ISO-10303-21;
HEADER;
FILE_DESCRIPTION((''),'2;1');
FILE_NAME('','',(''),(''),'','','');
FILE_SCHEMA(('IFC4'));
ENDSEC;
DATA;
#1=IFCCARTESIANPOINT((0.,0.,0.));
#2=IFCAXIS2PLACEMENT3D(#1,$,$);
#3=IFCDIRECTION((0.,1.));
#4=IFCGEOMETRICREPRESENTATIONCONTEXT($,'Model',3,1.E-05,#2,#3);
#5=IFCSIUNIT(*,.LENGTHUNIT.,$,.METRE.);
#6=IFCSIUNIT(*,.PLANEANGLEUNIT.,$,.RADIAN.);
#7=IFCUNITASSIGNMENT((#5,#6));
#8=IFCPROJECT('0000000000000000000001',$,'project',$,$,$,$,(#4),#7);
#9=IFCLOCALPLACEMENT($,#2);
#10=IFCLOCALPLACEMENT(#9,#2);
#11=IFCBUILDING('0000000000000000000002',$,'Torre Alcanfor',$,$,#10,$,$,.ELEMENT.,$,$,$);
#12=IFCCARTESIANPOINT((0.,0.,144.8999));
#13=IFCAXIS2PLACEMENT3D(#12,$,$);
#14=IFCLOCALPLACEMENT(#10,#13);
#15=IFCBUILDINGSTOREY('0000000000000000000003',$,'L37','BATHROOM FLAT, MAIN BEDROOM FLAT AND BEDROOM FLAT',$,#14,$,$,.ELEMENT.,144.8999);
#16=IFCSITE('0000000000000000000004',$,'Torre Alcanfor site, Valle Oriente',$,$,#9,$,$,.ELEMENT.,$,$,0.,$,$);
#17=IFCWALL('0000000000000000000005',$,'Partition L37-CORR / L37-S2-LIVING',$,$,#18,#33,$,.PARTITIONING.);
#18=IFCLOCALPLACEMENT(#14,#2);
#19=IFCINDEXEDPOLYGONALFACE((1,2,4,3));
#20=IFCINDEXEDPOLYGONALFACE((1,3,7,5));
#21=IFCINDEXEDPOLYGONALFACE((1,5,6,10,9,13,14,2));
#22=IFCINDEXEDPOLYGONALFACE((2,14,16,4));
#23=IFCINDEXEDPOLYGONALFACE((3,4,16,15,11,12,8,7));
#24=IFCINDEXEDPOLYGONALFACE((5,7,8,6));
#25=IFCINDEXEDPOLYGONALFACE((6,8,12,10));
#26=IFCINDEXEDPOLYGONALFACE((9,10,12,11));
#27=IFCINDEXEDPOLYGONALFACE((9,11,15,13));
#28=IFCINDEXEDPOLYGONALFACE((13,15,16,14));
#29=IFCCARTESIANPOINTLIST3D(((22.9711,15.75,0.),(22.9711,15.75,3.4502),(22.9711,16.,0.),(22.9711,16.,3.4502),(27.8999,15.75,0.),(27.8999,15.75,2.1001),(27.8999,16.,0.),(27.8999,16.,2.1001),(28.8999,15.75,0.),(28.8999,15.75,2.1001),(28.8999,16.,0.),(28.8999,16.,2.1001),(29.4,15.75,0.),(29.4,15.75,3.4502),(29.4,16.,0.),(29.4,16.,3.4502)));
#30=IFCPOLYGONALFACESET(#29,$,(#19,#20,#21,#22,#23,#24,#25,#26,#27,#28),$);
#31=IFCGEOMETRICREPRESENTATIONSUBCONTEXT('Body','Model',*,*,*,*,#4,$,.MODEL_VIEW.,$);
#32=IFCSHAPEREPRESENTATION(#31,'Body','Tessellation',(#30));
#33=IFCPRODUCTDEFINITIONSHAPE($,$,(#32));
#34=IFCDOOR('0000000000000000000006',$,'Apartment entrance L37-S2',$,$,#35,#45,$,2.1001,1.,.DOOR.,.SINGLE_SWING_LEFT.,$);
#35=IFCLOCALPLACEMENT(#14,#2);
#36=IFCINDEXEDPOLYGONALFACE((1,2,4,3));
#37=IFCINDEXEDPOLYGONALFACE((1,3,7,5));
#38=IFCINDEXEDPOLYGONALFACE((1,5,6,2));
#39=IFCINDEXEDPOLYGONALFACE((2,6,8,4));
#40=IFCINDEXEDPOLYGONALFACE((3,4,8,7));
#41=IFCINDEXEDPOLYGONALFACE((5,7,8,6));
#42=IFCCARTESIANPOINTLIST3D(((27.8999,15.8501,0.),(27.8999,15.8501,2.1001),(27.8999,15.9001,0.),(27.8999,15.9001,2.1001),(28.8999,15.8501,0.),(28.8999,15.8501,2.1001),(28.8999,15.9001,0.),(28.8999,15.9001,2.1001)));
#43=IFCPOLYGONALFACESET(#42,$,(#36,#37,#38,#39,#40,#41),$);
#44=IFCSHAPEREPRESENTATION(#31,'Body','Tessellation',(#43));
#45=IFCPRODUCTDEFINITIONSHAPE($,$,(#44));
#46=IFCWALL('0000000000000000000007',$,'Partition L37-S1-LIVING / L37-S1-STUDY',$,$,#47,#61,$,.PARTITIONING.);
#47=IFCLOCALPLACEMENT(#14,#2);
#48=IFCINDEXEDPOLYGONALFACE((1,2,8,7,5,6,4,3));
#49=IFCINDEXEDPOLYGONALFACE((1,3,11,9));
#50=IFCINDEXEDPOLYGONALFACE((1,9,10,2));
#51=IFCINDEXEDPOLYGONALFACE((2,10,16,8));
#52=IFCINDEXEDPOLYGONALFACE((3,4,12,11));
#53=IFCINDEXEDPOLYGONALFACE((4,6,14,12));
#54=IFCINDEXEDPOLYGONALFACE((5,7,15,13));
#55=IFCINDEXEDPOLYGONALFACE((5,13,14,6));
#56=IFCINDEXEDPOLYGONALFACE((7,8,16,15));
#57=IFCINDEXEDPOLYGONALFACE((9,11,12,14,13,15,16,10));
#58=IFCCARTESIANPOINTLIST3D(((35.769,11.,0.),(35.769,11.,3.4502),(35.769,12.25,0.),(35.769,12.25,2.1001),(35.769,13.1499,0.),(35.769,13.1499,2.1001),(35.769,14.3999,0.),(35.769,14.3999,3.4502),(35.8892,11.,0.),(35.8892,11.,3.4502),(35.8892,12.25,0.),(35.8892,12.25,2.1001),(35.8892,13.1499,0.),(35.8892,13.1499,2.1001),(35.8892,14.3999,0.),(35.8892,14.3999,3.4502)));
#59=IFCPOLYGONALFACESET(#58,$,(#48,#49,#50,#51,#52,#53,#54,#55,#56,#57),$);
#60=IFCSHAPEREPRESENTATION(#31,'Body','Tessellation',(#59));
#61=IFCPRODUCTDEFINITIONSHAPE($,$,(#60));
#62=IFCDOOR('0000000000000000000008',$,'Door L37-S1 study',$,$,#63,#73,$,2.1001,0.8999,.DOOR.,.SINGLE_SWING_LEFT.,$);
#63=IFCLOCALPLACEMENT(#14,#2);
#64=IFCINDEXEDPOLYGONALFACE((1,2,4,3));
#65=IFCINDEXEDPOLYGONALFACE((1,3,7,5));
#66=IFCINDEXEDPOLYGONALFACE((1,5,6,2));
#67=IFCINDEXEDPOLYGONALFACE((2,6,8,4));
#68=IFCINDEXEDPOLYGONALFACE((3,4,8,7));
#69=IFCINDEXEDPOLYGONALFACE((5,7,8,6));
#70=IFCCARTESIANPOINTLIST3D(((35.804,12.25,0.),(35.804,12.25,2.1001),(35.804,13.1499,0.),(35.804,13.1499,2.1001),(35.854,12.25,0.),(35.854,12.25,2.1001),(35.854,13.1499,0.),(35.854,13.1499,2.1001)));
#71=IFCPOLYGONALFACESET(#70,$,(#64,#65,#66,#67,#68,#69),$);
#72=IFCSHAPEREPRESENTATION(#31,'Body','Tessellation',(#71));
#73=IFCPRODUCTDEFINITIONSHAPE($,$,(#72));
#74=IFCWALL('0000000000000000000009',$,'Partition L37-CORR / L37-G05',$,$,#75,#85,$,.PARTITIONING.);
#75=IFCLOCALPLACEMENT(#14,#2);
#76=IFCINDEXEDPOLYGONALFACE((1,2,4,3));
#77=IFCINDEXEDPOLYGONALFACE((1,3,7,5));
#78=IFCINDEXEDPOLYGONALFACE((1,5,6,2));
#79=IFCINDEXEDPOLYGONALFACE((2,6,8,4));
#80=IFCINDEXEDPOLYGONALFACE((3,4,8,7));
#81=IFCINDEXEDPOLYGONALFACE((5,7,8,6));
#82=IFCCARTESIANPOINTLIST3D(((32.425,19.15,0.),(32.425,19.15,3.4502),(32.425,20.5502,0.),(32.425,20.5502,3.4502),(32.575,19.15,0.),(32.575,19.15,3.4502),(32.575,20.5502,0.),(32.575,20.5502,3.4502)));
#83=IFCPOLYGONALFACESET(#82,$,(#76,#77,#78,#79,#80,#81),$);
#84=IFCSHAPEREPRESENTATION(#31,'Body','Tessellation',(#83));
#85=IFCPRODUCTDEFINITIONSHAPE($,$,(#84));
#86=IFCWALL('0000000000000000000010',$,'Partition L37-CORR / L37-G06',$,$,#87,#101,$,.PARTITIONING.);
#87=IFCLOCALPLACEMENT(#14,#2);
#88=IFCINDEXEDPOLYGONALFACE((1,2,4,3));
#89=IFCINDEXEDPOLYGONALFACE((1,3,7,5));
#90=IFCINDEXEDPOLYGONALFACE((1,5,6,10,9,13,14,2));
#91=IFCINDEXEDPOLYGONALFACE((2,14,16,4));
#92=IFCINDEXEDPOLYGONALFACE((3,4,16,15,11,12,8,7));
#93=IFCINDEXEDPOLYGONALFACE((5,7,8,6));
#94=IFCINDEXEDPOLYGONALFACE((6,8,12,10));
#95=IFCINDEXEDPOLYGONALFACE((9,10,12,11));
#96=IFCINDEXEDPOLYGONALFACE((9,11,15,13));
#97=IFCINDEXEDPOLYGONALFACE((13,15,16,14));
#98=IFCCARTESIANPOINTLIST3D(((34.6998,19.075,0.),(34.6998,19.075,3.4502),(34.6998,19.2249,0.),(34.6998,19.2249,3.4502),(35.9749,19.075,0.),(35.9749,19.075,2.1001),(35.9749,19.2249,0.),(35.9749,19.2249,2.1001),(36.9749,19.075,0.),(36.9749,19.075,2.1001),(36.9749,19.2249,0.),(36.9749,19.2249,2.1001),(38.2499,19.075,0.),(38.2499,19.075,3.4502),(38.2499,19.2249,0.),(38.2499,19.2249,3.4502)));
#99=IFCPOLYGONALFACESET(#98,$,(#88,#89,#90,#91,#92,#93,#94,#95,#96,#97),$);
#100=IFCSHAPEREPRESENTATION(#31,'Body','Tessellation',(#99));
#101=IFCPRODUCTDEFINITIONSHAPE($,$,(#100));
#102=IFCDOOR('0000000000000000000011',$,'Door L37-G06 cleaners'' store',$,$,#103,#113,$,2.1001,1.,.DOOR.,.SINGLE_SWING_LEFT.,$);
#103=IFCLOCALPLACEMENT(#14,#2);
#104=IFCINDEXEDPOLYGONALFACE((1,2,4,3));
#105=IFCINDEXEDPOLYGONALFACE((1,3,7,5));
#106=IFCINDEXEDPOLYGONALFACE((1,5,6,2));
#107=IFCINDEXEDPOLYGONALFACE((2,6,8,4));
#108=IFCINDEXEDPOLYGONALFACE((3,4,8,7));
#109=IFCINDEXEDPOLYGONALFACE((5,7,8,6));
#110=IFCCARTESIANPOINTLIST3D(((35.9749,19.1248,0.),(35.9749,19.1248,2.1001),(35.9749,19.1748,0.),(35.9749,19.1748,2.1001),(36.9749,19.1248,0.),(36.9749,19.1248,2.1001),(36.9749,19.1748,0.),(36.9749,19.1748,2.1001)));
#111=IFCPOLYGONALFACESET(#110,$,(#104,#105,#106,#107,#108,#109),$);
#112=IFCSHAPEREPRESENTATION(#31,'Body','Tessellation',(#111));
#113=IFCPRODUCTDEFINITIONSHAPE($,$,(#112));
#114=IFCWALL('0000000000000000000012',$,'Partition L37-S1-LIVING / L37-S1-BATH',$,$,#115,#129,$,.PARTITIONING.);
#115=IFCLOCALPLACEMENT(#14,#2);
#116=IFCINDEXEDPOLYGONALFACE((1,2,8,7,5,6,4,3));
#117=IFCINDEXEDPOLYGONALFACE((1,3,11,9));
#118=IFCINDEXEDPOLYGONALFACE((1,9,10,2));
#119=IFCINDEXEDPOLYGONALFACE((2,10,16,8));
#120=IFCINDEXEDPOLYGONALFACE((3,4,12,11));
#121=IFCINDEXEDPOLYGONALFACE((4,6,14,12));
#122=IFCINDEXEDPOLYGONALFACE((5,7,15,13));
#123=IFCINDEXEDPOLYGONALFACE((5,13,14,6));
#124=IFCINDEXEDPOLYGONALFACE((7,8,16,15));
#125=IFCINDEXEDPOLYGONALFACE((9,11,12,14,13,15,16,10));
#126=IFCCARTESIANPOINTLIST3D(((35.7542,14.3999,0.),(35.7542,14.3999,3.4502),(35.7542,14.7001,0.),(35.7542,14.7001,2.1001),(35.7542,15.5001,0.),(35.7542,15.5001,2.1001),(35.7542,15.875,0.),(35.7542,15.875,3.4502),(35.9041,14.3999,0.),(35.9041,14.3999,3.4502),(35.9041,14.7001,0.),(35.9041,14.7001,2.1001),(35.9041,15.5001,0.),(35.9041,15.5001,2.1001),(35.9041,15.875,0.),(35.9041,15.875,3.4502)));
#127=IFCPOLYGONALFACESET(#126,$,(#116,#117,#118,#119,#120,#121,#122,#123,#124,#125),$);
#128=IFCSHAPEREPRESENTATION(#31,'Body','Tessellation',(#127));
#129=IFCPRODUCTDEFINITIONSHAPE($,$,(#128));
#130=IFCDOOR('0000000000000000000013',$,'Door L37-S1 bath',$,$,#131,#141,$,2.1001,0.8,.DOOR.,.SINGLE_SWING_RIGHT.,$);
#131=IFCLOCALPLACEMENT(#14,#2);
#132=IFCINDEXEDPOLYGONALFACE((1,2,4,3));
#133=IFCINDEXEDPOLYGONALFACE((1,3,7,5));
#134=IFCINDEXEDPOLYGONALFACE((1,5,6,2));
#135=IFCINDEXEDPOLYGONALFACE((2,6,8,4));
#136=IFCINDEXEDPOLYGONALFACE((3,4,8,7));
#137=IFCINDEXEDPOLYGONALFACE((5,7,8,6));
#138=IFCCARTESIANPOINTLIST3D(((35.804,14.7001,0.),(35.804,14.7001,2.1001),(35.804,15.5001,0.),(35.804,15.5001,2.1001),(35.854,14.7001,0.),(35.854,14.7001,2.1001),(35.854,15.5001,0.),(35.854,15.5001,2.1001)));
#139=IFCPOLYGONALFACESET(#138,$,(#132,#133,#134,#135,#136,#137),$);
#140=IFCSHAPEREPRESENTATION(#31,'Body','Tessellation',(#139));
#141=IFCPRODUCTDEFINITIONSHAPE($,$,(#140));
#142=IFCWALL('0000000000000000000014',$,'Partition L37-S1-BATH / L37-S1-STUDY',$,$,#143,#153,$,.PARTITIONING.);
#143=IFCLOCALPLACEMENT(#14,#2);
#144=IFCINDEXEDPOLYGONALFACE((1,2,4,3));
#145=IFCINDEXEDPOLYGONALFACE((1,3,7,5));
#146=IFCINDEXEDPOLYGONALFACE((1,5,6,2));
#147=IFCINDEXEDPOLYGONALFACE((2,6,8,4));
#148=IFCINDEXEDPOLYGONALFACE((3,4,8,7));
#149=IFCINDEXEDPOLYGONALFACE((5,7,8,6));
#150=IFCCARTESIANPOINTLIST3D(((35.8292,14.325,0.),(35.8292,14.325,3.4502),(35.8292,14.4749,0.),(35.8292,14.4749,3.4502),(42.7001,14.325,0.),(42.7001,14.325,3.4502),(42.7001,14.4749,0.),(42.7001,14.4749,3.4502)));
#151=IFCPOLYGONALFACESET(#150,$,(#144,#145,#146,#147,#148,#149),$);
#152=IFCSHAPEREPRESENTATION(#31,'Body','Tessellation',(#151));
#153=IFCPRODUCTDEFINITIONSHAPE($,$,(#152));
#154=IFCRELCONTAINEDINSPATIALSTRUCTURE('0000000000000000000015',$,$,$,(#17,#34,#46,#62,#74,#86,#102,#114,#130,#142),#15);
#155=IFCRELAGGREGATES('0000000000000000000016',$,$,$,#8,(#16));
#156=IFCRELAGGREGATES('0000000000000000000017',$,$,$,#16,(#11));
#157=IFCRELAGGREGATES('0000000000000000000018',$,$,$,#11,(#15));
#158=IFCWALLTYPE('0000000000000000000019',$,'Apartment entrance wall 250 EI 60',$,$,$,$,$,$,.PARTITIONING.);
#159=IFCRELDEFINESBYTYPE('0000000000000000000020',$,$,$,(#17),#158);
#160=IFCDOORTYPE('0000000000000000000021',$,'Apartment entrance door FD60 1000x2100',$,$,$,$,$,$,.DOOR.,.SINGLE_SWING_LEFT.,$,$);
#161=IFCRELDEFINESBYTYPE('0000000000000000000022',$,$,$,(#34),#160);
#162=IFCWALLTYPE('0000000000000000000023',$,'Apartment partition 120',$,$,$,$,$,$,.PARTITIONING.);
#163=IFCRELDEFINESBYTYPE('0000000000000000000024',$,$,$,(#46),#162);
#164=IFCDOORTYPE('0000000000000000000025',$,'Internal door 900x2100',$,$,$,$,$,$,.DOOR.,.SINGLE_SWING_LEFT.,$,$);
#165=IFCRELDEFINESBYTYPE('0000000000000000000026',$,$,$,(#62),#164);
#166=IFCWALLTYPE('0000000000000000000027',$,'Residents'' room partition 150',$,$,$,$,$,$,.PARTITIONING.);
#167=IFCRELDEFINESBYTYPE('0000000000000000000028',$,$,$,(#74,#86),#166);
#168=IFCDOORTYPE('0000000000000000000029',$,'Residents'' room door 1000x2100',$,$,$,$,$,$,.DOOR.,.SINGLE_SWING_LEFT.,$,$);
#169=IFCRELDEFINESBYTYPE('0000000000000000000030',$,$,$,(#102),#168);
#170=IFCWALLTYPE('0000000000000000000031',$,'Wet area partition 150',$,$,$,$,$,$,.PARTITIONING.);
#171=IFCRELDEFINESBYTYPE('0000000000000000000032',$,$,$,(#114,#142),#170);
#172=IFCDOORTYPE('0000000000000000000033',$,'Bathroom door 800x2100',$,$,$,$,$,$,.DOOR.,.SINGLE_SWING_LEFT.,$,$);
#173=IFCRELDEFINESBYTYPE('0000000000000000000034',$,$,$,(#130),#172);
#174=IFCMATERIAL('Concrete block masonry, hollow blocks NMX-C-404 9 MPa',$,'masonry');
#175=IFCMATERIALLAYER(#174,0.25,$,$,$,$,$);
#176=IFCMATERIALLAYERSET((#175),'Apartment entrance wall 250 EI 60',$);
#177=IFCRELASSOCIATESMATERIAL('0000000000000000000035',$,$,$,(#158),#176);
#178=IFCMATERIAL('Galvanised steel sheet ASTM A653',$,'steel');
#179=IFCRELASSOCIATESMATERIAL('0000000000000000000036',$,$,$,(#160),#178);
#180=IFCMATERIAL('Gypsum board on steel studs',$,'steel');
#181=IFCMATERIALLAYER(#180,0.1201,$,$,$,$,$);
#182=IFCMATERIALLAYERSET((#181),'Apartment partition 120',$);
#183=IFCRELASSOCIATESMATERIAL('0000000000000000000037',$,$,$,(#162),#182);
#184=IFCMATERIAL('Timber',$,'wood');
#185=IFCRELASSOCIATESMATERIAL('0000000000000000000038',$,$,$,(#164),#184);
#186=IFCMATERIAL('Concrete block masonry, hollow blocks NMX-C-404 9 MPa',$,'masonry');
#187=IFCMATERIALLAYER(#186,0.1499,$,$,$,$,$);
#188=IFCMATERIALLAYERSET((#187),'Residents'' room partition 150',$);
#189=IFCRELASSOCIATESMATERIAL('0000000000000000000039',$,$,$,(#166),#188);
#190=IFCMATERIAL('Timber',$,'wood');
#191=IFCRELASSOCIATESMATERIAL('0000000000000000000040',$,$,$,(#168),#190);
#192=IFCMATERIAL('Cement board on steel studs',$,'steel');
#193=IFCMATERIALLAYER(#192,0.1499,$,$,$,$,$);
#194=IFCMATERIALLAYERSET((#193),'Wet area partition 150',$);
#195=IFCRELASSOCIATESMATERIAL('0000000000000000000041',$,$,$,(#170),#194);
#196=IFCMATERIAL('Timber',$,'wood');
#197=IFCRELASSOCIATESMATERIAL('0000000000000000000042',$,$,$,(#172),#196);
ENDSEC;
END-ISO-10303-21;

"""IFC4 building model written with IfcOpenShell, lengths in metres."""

from ifc_helpers import new_model, si_unit, direction, frame, frame_2d, origin, place, context, subcontext, project, spatial, rectangle, extrude, material, layer, layer_set, type_object, element, fill, save


model = new_model("IFC4")

# Units and contexts
model_context = context("Model", 3, precision=1e-05, world=origin(), true_north=direction((0.0, 1.0)))
body_context = subcontext(model_context, "Body", "Model", "MODEL_VIEW")
ifc_project = project(units=[si_unit("LENGTHUNIT", "METRE"), si_unit("PLANEANGLEUNIT", "RADIAN")], contexts=[model_context])

# Site, building, storey
site_placement = place(None, origin())
site = spatial("IfcSite", under=ifc_project, at=site_placement, Name="Torre Alcanfor site, Valle Oriente", CompositionType="ELEMENT", RefElevation=0.0)
building_placement = place(site_placement, origin())
building = spatial("IfcBuilding", under=site, at=building_placement, Name="Torre Alcanfor", CompositionType="ELEMENT")
storey_placement = place(building_placement, frame((0.0, 0.0, 144.8999)))
storey = spatial("IfcBuildingStorey", under=building, at=storey_placement, Name="L37", Description="BATHROOM FLAT, MAIN BEDROOM FLAT AND BEDROOM FLAT", CompositionType="ELEMENT", Elevation=144.8999)

# Walls, openings, doors
ifc_material_1 = material(Name="Concrete block masonry, hollow blocks NMX-C-404 9 MPa", Category="masonry")
ifc_layer_1 = layer(ifc_material_1, 0.25)
ifc_layer_set_1 = layer_set([ifc_layer_1], Name="Apartment entrance wall 250 EI 60")
wall_type_1 = type_object("IfcWallType", Name="Apartment entrance wall 250 EI 60", PredefinedType="PARTITIONING", material=ifc_layer_set_1)
ifc_material_2 = material(Name="Galvanised steel sheet ASTM A653", Category="steel")
door_type_1 = type_object("IfcDoorType", Name="Apartment entrance door FD60 1000x2100", OperationType="SINGLE_SWING_LEFT", PredefinedType="DOOR", material=ifc_material_2)
wall_1_placement = place(storey_placement, frame((29.3999, 15.875, 0.0), z_axis=(0.0, 0.0, 1.0), x_axis=(-1.0, 0.0, 0.0)))
wall_1 = element("IfcWall", 1, at=wall_1_placement, inside=storey, type_object=wall_type_1, Name="Partition L37-CORR / L37-S2-LIVING", PredefinedType="PARTITIONING", context=body_context, shape_type="SweptSolid", body=[
    extrude(rectangle(XDim=6.429, YDim=0.25, at=frame_2d((3.2144, 0.0))), origin(), (0.0, 0.0, 1.0), 3.4502),
])
opening_1_placement = place(wall_1_placement, frame((0.5, 0.0, 0.0)))
opening_1 = element("IfcOpeningElement", 2, at=opening_1_placement, cuts=wall_1, PredefinedType="OPENING", context=body_context, shape_type="SweptSolid", body=[
    extrude(rectangle(XDim=1.0, YDim=2.1001, at=frame_2d((0.5, 1.05))), frame((0.0, 0.135, 0.0), z_axis=(0.0, -1.0, 0.0), x_axis=(1.0, 0.0, 0.0)), (0.0, 0.0, 1.0), 0.27),
])
door_1_placement = place(opening_1_placement, origin())
door_1 = element("IfcDoor", 3, at=door_1_placement, inside=storey, type_object=door_type_1, Name="Apartment entrance L37-S2", OperationType="SINGLE_SWING_LEFT", OverallHeight=2.1001, OverallWidth=1.0, PredefinedType="DOOR", context=body_context, shape_type="SweptSolid", body=[
    extrude(rectangle(XDim=1.0, YDim=2.1001, at=frame_2d((0.5, 1.05))), frame((0.0, 0.0249, 0.0), z_axis=(0.0, -1.0, 0.0), x_axis=(1.0, 0.0, 0.0)), (0.0, 0.0, 1.0), 0.05),
])
fill(opening_1, door_1)
ifc_material_3 = material(Name="Gypsum board on steel studs", Category="steel")
ifc_layer_2 = layer(ifc_material_3, 0.1201)
ifc_layer_set_2 = layer_set([ifc_layer_2], Name="Apartment partition 120")
wall_type_2 = type_object("IfcWallType", Name="Apartment partition 120", PredefinedType="PARTITIONING", material=ifc_layer_set_2)
wall_2_placement = place(storey_placement, frame((35.8291, 14.3999, 0.0), z_axis=(0.0, 0.0, 1.0), x_axis=(0.0, -1.0, 0.0)))
wall_2 = element("IfcWall", 4, at=wall_2_placement, inside=storey, type_object=wall_type_2, Name="Partition L37-S1-LIVING / L37-S1-STUDY", PredefinedType="PARTITIONING", context=body_context, shape_type="SweptSolid", body=[
    extrude(rectangle(XDim=3.3999, YDim=0.1201, at=frame_2d((1.7, 0.0))), origin(), (0.0, 0.0, 1.0), 3.4502),
])
opening_2_placement = place(wall_2_placement, frame((1.25, 0.0, 0.0)))
opening_2 = element("IfcOpeningElement", 5, at=opening_2_placement, cuts=wall_2, PredefinedType="OPENING", context=body_context, shape_type="SweptSolid", body=[
    extrude(rectangle(XDim=0.8999, YDim=2.1001, at=frame_2d((0.45, 1.05))), frame((0.0, 0.0701, 0.0), z_axis=(0.0, -1.0, 0.0), x_axis=(1.0, 0.0, 0.0)), (0.0, 0.0, 1.0), 0.1401),
])
ifc_material_4 = material(Name="Timber", Category="wood")
door_type_2 = type_object("IfcDoorType", Name="Internal door 900x2100", OperationType="SINGLE_SWING_LEFT", PredefinedType="DOOR", material=ifc_material_4)
door_2_placement = place(opening_2_placement, origin())
door_2 = element("IfcDoor", 6, at=door_2_placement, inside=storey, type_object=door_type_2, Name="Door L37-S1 study", OperationType="SINGLE_SWING_LEFT", OverallHeight=2.1001, OverallWidth=0.8999, PredefinedType="DOOR", context=body_context, shape_type="SweptSolid", body=[
    extrude(rectangle(XDim=0.8999, YDim=2.1001, at=frame_2d((0.45, 1.05))), frame((0.0, 0.0249, 0.0), z_axis=(0.0, -1.0, 0.0), x_axis=(1.0, 0.0, 0.0)), (0.0, 0.0, 1.0), 0.05),
])
fill(opening_2, door_2)

# Wall
ifc_material_5 = material(Name="Concrete block masonry, hollow blocks NMX-C-404 9 MPa", Category="masonry")
ifc_layer_3 = layer(ifc_material_5, 0.1499)
ifc_layer_set_3 = layer_set([ifc_layer_3], Name="Residents' room partition 150")
wall_type_3 = type_object("IfcWallType", Name="Residents' room partition 150", PredefinedType="PARTITIONING", material=ifc_layer_set_3)
wall_3_placement = place(storey_placement, frame((32.5, 19.1499, 0.0), z_axis=(0.0, 0.0, 1.0), x_axis=(0.0, 1.0, 0.0)))
element("IfcWall", 7, at=wall_3_placement, inside=storey, type_object=wall_type_3, Name="Partition L37-CORR / L37-G05", PredefinedType="PARTITIONING", context=body_context, shape_type="SweptSolid", body=[
    extrude(rectangle(XDim=1.4001, YDim=0.1499, at=frame_2d((0.7002, 0.0))), origin(), (0.0, 0.0, 1.0), 3.4502),
])

# Walls, openings, doors
wall_4_placement = place(storey_placement, frame((34.7, 19.1499, 0.0), z_axis=(0.0, 0.0, 1.0), x_axis=(1.0, 0.0, 0.0)))
wall_4 = element("IfcWall", 8, at=wall_4_placement, inside=storey, type_object=wall_type_3, Name="Partition L37-CORR / L37-G06", PredefinedType="PARTITIONING", context=body_context, shape_type="SweptSolid", body=[
    extrude(rectangle(XDim=3.55, YDim=0.1499, at=frame_2d((1.7749, 0.0))), origin(), (0.0, 0.0, 1.0), 3.4502),
])
opening_3_placement = place(wall_4_placement, frame((1.2749, 0.0, 0.0)))
opening_3 = element("IfcOpeningElement", 9, at=opening_3_placement, cuts=wall_4, PredefinedType="OPENING", context=body_context, shape_type="SweptSolid", body=[
    extrude(rectangle(XDim=1.0, YDim=2.1001, at=frame_2d((0.5, 1.05))), frame((0.0, 0.085, 0.0), z_axis=(0.0, -1.0, 0.0), x_axis=(1.0, 0.0, 0.0)), (0.0, 0.0, 1.0), 0.1699),
])
ifc_material_6 = material(Name="Timber", Category="wood")
door_type_3 = type_object("IfcDoorType", Name="Residents' room door 1000x2100", OperationType="SINGLE_SWING_LEFT", PredefinedType="DOOR", material=ifc_material_6)
door_3_placement = place(opening_3_placement, origin())
door_3 = element("IfcDoor", 10, at=door_3_placement, inside=storey, type_object=door_type_3, Name="Door L37-G06 cleaners' store", OperationType="SINGLE_SWING_LEFT", OverallHeight=2.1001, OverallWidth=1.0, PredefinedType="DOOR", context=body_context, shape_type="SweptSolid", body=[
    extrude(rectangle(XDim=1.0, YDim=2.1001, at=frame_2d((0.5, 1.05))), frame((0.0, 0.0249, 0.0), z_axis=(0.0, -1.0, 0.0), x_axis=(1.0, 0.0, 0.0)), (0.0, 0.0, 1.0), 0.05),
])
fill(opening_3, door_3)
ifc_material_7 = material(Name="Cement board on steel studs", Category="steel")
ifc_layer_4 = layer(ifc_material_7, 0.1499)
ifc_layer_set_4 = layer_set([ifc_layer_4], Name="Wet area partition 150")
wall_type_4 = type_object("IfcWallType", Name="Wet area partition 150", PredefinedType="PARTITIONING", material=ifc_layer_set_4)
wall_5_placement = place(storey_placement, frame((35.8291, 15.875, 0.0), z_axis=(0.0, 0.0, 1.0), x_axis=(0.0, -1.0, 0.0)))
wall_5 = element("IfcWall", 11, at=wall_5_placement, inside=storey, type_object=wall_type_4, Name="Partition L37-S1-LIVING / L37-S1-BATH", PredefinedType="PARTITIONING", context=body_context, shape_type="SweptSolid", body=[
    extrude(rectangle(XDim=1.4751, YDim=0.1499, at=frame_2d((0.7375, 0.0))), origin(), (0.0, 0.0, 1.0), 3.4502),
])
opening_4_placement = place(wall_5_placement, frame((0.375, 0.0, 0.0)))
opening_4 = element("IfcOpeningElement", 12, at=opening_4_placement, cuts=wall_5, PredefinedType="OPENING", context=body_context, shape_type="SweptSolid", body=[
    extrude(rectangle(XDim=0.8, YDim=2.1001, at=frame_2d((0.3999, 1.05))), frame((0.0, 0.085, 0.0), z_axis=(0.0, -1.0, 0.0), x_axis=(1.0, 0.0, 0.0)), (0.0, 0.0, 1.0), 0.1699),
])
ifc_material_8 = material(Name="Timber", Category="wood")
door_type_4 = type_object("IfcDoorType", Name="Bathroom door 800x2100", OperationType="SINGLE_SWING_LEFT", PredefinedType="DOOR", material=ifc_material_8)
door_4_placement = place(opening_4_placement, origin())
door_4 = element("IfcDoor", 13, at=door_4_placement, inside=storey, type_object=door_type_4, Name="Door L37-S1 bath", OperationType="SINGLE_SWING_RIGHT", OverallHeight=2.1001, OverallWidth=0.8, PredefinedType="DOOR", context=body_context, shape_type="SweptSolid", body=[
    extrude(rectangle(XDim=0.8, YDim=2.1001, at=frame_2d((0.3999, 1.05))), frame((0.0, 0.0249, 0.0), z_axis=(0.0, -1.0, 0.0), x_axis=(1.0, 0.0, 0.0)), (0.0, 0.0, 1.0), 0.05),
])
fill(opening_4, door_4)

# Wall
wall_6_placement = place(storey_placement, frame((35.8291, 14.3999, 0.0), z_axis=(0.0, 0.0, 1.0), x_axis=(1.0, 0.0, 0.0)))
element("IfcWall", 14, at=wall_6_placement, inside=storey, type_object=wall_type_4, Name="Partition L37-S1-BATH / L37-S1-STUDY", PredefinedType="PARTITIONING", context=body_context, shape_type="SweptSolid", body=[
    extrude(rectangle(XDim=6.8708, YDim=0.1499, at=frame_2d((3.4355, 0.0))), origin(), (0.0, 0.0, 1.0), 3.4502),
])

save(model, "model.ifc")
